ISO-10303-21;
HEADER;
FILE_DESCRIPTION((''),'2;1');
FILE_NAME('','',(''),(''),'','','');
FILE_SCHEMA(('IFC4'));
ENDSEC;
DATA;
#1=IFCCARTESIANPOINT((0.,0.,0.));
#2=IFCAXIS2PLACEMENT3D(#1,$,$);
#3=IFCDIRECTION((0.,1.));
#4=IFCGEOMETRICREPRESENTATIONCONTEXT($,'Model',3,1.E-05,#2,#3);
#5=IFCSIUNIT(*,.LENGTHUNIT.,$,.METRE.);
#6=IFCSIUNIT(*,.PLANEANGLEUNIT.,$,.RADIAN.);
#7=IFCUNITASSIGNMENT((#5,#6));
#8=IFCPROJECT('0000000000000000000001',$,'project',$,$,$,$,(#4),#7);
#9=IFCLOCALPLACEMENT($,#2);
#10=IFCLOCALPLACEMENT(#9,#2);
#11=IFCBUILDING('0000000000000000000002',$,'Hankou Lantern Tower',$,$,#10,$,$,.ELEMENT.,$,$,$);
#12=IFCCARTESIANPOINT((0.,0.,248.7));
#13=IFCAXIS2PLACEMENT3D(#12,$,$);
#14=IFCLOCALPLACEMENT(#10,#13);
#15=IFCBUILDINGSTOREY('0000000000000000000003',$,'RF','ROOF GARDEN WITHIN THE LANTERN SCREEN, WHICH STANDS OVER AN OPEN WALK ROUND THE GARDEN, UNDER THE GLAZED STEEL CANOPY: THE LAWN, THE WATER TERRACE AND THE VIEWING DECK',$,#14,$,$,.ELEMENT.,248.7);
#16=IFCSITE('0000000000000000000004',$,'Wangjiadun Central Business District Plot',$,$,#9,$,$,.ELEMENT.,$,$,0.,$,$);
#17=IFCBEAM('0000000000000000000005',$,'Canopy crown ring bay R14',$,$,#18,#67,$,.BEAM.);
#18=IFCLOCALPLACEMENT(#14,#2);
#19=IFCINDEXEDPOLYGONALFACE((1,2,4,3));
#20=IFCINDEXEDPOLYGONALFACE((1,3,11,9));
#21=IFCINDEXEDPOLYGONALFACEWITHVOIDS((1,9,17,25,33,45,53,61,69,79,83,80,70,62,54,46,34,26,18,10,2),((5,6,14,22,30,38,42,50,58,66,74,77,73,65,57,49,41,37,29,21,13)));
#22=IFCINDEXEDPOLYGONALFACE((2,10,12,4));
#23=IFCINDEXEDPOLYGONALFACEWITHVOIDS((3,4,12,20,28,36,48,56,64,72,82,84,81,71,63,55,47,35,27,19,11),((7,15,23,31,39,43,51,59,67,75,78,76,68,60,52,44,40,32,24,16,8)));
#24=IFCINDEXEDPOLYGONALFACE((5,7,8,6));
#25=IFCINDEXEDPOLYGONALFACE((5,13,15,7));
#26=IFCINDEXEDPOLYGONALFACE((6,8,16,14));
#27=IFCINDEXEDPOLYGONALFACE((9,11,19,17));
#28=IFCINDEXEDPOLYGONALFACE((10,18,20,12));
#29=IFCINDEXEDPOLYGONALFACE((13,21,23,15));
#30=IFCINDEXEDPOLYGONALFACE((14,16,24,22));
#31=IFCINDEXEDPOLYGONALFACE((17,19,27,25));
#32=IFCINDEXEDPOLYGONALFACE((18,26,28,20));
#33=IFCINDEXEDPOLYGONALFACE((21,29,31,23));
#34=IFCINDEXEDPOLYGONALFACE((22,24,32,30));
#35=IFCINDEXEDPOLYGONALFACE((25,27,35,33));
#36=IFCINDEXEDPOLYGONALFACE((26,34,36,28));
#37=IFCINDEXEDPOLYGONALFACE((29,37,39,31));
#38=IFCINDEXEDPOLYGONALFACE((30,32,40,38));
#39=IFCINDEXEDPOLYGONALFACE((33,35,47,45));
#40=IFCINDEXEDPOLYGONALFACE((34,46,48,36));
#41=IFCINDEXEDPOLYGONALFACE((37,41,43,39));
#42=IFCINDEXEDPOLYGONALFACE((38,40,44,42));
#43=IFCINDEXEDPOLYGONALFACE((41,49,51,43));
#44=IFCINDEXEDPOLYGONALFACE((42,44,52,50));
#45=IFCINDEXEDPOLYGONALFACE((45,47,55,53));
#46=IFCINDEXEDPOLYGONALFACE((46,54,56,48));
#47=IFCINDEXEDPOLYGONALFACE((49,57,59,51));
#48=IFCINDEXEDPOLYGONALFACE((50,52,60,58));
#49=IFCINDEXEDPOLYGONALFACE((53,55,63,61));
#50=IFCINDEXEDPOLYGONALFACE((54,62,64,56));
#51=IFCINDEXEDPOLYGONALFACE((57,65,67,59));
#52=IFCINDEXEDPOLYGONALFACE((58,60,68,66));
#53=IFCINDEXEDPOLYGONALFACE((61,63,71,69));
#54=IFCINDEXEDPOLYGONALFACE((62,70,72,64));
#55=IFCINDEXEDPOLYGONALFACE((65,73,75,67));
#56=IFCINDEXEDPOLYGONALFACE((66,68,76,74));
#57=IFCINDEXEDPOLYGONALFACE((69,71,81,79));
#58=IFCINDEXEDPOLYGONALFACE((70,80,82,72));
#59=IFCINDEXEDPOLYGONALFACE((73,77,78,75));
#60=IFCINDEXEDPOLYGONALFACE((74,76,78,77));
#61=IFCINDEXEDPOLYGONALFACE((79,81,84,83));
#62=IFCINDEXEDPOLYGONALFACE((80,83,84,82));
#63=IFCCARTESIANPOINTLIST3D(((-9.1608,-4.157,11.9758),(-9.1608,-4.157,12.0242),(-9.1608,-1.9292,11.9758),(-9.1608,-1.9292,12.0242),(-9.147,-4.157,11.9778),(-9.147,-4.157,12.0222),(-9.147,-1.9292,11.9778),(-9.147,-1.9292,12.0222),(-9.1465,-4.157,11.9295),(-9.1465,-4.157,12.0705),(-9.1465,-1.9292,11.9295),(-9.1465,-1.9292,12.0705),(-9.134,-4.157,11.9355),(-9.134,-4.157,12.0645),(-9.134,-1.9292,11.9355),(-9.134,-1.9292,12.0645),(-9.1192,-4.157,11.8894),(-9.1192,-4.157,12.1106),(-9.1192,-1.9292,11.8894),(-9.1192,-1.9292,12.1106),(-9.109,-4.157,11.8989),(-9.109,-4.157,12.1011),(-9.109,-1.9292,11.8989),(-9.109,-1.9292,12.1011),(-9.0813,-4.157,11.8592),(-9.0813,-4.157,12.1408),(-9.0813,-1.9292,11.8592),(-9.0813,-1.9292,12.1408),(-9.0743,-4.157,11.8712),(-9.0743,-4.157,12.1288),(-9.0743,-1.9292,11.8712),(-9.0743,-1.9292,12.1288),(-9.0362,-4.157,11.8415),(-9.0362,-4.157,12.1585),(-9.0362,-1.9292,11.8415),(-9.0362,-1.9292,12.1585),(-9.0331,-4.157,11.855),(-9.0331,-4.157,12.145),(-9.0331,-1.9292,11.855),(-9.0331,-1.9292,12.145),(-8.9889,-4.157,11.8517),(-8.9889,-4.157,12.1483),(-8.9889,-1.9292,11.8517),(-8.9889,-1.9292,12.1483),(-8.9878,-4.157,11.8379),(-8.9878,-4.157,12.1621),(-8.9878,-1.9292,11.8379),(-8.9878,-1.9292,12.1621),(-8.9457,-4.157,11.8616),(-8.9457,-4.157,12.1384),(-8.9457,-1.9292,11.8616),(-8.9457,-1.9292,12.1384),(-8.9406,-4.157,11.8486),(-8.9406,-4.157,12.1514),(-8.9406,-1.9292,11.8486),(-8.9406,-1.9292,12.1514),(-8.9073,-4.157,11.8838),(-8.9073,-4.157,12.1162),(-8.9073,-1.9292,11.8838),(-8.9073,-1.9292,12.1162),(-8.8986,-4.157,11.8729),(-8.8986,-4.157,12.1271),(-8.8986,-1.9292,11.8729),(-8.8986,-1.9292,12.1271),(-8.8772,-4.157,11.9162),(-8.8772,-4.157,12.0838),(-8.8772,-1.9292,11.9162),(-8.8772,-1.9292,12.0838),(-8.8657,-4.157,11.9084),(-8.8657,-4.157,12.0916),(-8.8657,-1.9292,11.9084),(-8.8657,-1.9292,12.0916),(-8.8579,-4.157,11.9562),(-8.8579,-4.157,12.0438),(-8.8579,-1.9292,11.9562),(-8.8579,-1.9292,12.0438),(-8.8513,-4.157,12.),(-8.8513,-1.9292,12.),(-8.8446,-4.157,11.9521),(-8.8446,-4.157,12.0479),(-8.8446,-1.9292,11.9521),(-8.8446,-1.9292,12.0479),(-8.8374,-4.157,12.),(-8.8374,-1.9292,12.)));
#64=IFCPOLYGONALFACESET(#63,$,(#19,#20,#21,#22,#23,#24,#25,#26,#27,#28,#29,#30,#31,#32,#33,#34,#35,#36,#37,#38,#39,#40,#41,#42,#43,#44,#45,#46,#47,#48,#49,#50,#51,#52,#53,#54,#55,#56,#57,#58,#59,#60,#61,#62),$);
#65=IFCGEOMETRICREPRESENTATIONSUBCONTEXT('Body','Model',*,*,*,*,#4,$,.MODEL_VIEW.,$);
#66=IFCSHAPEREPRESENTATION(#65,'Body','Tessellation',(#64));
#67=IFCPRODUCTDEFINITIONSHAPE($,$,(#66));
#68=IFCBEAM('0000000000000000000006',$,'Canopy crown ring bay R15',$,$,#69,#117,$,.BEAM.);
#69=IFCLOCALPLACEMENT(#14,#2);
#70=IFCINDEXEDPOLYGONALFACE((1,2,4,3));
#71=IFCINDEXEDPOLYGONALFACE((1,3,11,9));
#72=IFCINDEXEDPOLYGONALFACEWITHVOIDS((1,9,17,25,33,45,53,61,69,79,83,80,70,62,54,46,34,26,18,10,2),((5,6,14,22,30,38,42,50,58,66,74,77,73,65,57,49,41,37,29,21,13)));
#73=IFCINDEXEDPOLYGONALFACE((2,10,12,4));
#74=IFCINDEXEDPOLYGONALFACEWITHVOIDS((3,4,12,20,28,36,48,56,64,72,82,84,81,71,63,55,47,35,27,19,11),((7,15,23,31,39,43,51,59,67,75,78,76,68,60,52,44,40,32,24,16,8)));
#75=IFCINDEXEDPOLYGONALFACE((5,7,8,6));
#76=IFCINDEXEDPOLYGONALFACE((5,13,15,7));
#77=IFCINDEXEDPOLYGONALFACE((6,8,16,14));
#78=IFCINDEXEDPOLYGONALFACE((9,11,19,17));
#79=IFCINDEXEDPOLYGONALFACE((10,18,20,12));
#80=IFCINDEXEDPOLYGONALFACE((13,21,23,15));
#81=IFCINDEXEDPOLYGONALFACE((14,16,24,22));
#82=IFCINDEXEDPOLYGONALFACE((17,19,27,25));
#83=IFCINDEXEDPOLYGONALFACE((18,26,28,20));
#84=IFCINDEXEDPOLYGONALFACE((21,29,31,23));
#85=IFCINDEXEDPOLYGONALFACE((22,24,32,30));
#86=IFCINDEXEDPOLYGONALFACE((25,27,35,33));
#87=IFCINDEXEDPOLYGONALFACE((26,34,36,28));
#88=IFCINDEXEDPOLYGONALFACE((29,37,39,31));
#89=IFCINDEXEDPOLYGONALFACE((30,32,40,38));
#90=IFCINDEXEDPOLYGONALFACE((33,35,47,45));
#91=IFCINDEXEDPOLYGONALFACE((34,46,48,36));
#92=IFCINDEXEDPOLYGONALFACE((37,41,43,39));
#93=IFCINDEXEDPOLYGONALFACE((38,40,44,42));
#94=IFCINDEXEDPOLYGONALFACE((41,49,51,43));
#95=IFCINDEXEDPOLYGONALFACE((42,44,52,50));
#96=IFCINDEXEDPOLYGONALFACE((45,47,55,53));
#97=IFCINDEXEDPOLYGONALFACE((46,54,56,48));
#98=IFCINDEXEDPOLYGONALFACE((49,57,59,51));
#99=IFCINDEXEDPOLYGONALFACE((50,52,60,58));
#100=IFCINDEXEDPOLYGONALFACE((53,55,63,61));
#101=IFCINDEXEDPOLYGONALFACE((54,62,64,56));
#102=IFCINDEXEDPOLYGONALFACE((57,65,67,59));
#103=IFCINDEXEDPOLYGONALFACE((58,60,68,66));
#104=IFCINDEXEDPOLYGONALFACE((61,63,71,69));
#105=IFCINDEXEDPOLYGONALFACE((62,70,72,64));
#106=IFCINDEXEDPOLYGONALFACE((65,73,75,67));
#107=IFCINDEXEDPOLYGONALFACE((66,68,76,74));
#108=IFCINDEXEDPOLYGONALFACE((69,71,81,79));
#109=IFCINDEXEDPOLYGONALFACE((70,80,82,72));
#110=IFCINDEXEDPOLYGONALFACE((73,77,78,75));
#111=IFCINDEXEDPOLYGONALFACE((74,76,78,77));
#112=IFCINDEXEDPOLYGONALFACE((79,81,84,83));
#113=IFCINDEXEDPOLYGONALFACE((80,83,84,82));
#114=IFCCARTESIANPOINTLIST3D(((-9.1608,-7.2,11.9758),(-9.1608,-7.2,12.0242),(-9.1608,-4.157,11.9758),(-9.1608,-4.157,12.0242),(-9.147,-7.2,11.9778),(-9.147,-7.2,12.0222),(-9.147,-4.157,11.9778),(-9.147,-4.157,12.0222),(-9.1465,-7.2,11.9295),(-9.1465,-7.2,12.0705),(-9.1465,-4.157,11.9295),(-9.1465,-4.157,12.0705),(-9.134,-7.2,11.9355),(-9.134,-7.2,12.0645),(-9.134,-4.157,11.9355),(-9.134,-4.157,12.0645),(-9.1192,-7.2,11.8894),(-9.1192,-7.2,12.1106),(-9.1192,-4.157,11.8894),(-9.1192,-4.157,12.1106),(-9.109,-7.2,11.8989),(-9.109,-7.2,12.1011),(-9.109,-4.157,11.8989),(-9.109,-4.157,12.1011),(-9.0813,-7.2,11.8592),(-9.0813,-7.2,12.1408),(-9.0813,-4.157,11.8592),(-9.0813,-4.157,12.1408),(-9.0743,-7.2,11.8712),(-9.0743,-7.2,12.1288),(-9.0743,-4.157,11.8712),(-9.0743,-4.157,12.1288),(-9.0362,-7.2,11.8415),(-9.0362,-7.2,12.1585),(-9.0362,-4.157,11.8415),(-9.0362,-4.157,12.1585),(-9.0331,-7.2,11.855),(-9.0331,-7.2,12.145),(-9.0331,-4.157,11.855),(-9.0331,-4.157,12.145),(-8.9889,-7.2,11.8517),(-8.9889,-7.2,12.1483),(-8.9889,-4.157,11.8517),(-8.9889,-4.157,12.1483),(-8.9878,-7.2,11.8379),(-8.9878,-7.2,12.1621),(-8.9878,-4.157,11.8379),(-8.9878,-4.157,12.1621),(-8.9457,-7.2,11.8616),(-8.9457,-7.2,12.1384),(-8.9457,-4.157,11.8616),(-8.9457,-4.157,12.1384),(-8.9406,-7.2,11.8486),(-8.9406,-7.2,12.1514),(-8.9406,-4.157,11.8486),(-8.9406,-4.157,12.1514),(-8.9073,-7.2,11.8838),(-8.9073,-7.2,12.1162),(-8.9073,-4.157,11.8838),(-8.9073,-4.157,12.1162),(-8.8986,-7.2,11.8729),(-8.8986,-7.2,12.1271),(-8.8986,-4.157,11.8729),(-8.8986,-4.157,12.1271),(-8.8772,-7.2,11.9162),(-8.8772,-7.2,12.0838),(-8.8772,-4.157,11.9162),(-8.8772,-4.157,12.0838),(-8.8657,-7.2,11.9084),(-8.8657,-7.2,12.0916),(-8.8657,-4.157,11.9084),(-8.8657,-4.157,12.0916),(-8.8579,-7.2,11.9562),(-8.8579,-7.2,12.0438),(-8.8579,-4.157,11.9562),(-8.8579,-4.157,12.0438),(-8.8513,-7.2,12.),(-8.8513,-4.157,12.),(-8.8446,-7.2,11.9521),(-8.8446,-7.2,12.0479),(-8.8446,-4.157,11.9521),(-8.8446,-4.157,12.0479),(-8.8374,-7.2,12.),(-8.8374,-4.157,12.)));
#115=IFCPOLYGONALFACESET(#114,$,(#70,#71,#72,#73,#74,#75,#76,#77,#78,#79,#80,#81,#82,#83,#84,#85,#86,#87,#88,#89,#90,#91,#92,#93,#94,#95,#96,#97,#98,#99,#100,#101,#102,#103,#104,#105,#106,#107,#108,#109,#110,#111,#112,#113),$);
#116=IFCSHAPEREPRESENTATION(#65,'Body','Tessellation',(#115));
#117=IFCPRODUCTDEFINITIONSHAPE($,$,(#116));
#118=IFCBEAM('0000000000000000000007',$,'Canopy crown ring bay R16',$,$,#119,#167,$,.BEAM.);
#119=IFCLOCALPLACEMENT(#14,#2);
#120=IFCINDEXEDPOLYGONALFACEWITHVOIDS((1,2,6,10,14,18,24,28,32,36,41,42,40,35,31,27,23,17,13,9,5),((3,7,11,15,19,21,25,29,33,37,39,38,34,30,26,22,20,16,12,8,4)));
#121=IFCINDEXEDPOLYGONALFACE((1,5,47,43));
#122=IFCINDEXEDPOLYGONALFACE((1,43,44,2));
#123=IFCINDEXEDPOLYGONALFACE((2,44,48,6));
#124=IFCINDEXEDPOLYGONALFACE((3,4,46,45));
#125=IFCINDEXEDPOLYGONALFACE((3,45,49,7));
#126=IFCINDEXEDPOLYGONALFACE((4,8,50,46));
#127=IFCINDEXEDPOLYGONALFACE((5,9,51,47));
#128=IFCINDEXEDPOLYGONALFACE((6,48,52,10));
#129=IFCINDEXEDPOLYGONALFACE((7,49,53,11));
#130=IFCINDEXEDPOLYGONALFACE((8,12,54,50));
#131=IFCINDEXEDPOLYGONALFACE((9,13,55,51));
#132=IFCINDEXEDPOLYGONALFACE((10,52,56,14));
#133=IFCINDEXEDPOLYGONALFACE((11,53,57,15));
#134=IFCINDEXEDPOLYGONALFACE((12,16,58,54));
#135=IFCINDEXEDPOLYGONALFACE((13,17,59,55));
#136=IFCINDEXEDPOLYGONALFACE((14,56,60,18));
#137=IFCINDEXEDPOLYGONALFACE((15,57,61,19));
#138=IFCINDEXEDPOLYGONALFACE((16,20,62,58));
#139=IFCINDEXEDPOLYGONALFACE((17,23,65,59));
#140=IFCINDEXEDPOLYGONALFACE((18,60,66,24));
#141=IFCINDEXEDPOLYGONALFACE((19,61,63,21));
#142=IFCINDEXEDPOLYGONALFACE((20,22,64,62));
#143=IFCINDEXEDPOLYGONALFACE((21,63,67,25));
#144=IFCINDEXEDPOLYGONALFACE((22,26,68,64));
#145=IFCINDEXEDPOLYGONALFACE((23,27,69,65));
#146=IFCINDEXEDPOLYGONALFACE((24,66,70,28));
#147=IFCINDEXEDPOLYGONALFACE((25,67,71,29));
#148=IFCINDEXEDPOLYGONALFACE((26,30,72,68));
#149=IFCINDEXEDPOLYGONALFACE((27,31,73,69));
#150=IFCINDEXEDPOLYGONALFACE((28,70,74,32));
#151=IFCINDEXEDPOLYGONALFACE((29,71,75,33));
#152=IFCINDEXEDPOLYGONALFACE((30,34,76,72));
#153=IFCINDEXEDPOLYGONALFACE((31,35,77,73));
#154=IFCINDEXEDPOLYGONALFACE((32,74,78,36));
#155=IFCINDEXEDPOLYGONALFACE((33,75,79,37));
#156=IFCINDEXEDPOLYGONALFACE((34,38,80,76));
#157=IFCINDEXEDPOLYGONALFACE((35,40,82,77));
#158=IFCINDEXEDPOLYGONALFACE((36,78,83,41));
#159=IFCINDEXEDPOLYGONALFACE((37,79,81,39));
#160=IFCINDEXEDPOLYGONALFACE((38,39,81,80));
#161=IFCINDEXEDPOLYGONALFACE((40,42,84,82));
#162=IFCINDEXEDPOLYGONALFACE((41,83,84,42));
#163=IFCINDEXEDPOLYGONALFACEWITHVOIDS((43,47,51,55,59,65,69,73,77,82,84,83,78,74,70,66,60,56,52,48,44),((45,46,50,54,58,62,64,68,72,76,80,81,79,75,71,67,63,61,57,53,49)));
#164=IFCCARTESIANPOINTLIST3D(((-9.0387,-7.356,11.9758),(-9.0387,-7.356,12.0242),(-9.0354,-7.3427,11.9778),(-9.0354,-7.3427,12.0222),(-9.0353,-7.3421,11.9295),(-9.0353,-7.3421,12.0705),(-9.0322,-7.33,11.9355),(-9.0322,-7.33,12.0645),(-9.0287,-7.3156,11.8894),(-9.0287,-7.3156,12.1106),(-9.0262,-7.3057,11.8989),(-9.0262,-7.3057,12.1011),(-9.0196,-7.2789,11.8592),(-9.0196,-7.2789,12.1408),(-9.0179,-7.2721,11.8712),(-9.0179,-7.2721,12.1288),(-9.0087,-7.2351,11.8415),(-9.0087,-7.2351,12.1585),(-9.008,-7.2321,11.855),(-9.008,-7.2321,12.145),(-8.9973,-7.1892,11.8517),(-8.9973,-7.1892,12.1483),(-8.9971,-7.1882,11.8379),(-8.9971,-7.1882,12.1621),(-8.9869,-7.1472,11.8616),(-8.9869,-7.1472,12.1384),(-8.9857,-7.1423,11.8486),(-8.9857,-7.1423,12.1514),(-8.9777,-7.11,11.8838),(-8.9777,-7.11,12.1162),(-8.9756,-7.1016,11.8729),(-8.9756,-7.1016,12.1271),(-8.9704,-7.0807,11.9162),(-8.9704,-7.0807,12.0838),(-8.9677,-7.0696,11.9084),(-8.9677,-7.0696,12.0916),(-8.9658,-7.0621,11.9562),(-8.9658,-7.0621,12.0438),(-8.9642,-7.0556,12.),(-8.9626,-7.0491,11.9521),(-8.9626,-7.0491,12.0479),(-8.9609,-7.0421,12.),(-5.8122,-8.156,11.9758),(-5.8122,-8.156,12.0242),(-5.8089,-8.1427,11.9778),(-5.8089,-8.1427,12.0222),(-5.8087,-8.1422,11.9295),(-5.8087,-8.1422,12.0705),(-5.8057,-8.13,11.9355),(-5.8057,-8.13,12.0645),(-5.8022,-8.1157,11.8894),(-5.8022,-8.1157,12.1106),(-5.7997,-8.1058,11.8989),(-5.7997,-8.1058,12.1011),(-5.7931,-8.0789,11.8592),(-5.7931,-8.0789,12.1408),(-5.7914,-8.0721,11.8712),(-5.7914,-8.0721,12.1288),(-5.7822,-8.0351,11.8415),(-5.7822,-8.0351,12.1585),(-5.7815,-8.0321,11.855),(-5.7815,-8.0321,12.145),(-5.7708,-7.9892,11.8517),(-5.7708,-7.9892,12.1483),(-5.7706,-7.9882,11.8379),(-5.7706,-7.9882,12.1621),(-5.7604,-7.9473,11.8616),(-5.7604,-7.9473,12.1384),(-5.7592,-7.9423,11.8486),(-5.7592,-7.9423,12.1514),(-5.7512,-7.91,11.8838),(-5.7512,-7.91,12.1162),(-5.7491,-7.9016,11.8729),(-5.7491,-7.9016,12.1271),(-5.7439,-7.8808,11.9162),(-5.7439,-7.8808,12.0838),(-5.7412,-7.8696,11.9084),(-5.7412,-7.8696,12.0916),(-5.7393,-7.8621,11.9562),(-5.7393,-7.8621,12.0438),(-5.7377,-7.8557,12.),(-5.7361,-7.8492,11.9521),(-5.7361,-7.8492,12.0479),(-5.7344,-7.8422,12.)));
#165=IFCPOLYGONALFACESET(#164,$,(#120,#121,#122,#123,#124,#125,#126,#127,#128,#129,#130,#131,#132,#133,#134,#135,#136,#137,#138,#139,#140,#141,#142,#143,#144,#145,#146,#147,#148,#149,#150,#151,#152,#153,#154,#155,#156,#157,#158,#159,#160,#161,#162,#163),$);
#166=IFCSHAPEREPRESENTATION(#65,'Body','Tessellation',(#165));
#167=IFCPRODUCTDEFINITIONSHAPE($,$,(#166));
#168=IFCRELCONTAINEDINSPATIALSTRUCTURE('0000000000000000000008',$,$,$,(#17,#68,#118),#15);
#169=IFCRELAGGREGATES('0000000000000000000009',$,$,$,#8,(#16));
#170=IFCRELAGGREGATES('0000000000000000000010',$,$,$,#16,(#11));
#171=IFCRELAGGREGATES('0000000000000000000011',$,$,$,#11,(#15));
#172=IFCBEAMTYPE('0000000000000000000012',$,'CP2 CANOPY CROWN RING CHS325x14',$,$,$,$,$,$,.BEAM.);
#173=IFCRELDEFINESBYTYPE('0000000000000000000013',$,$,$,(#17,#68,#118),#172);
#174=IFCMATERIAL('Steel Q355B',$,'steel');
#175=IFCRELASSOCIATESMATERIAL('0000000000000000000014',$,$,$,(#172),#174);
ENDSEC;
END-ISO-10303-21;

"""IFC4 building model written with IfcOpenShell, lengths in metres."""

from ifc_helpers import new_model, si_unit, direction, frame, origin, origin_2d, place, context, subcontext, project, spatial, hollow_circle, extrude, material, material_profile, profile_set, type_object, element, save


model = new_model("IFC4")

# Units and contexts
model_context = context("Model", 3, precision=1e-05, world=origin(), true_north=direction((0.0, 1.0)))
body_context = subcontext(model_context, "Body", "Model", "MODEL_VIEW")
ifc_project = project(units=[si_unit("LENGTHUNIT", "METRE"), si_unit("PLANEANGLEUNIT", "RADIAN")], contexts=[model_context])

# Site, building, storey
site_placement = place(None, origin())
site = spatial("IfcSite", under=ifc_project, at=site_placement, Name="Wangjiadun Central Business District Plot", CompositionType="ELEMENT", RefElevation=0.0)
building_placement = place(site_placement, origin())
building = spatial("IfcBuilding", under=site, at=building_placement, Name="Hankou Lantern Tower", CompositionType="ELEMENT")
storey_placement = place(building_placement, frame((0.0, 0.0, 248.7)))
storey = spatial("IfcBuildingStorey", under=building, at=storey_placement, Name="RF", Description="ROOF GARDEN WITHIN THE LANTERN SCREEN, WHICH STANDS OVER AN OPEN WALK ROUND THE GARDEN, UNDER THE GLAZED STEEL CANOPY: THE LAWN, THE WATER TERRACE AND THE VIEWING DECK", CompositionType="ELEMENT", Elevation=248.7)

# Beams
ifc_material_1 = material(Name="Steel Q355B", Category="steel")
ifc_material_profile_1 = material_profile(ifc_material_1, hollow_circle(Radius=0.1626, WallThickness=0.0139, at=origin_2d()), Name="CHS325x14")
ifc_profile_set_1 = profile_set([ifc_material_profile_1], Name="Steel Q355B")
beam_type_1 = type_object("IfcBeamType", Name="CP2 CANOPY CROWN RING CHS325x14", PredefinedType="BEAM", material=ifc_profile_set_1)
beam_1_placement = place(storey_placement, frame((-9.0, -1.9292, 12.0), z_axis=(0.0, -1.0, 0.0), x_axis=(1.0, 0.0, 0.0)))
element("IfcBeam", 1, at=beam_1_placement, inside=storey, type_object=beam_type_1, Name="Canopy crown ring bay R14", PredefinedType="BEAM", context=body_context, shape_type="SweptSolid", body=[
    extrude(hollow_circle(Radius=0.1626, WallThickness=0.0139, at=origin_2d()), origin(), (0.0, 0.0, 1.0), 2.2278),
])
beam_2_placement = place(storey_placement, frame((-9.0, -4.157, 12.0), z_axis=(0.0, -1.0, 0.0), x_axis=(1.0, 0.0, 0.0)))
element("IfcBeam", 2, at=beam_2_placement, inside=storey, type_object=beam_type_1, Name="Canopy crown ring bay R15", PredefinedType="BEAM", context=body_context, shape_type="SweptSolid", body=[
    extrude(hollow_circle(Radius=0.1626, WallThickness=0.0139, at=origin_2d()), origin(), (0.0, 0.0, 1.0), 3.043),
])
beam_3_placement = place(storey_placement, frame((-9.0, -7.2, 12.0), z_axis=(0.970607, -0.240669, 0.0), x_axis=(0.240669, 0.970607, 0.0)))
element("IfcBeam", 3, at=beam_3_placement, inside=storey, type_object=beam_type_1, Name="Canopy crown ring bay R16", PredefinedType="BEAM", context=body_context, shape_type="SweptSolid", body=[
    extrude(hollow_circle(Radius=0.1626, WallThickness=0.0139, at=origin_2d()), origin(), (0.0, 0.0, 1.0), 3.3242),
])

save(model, "model.ifc")
